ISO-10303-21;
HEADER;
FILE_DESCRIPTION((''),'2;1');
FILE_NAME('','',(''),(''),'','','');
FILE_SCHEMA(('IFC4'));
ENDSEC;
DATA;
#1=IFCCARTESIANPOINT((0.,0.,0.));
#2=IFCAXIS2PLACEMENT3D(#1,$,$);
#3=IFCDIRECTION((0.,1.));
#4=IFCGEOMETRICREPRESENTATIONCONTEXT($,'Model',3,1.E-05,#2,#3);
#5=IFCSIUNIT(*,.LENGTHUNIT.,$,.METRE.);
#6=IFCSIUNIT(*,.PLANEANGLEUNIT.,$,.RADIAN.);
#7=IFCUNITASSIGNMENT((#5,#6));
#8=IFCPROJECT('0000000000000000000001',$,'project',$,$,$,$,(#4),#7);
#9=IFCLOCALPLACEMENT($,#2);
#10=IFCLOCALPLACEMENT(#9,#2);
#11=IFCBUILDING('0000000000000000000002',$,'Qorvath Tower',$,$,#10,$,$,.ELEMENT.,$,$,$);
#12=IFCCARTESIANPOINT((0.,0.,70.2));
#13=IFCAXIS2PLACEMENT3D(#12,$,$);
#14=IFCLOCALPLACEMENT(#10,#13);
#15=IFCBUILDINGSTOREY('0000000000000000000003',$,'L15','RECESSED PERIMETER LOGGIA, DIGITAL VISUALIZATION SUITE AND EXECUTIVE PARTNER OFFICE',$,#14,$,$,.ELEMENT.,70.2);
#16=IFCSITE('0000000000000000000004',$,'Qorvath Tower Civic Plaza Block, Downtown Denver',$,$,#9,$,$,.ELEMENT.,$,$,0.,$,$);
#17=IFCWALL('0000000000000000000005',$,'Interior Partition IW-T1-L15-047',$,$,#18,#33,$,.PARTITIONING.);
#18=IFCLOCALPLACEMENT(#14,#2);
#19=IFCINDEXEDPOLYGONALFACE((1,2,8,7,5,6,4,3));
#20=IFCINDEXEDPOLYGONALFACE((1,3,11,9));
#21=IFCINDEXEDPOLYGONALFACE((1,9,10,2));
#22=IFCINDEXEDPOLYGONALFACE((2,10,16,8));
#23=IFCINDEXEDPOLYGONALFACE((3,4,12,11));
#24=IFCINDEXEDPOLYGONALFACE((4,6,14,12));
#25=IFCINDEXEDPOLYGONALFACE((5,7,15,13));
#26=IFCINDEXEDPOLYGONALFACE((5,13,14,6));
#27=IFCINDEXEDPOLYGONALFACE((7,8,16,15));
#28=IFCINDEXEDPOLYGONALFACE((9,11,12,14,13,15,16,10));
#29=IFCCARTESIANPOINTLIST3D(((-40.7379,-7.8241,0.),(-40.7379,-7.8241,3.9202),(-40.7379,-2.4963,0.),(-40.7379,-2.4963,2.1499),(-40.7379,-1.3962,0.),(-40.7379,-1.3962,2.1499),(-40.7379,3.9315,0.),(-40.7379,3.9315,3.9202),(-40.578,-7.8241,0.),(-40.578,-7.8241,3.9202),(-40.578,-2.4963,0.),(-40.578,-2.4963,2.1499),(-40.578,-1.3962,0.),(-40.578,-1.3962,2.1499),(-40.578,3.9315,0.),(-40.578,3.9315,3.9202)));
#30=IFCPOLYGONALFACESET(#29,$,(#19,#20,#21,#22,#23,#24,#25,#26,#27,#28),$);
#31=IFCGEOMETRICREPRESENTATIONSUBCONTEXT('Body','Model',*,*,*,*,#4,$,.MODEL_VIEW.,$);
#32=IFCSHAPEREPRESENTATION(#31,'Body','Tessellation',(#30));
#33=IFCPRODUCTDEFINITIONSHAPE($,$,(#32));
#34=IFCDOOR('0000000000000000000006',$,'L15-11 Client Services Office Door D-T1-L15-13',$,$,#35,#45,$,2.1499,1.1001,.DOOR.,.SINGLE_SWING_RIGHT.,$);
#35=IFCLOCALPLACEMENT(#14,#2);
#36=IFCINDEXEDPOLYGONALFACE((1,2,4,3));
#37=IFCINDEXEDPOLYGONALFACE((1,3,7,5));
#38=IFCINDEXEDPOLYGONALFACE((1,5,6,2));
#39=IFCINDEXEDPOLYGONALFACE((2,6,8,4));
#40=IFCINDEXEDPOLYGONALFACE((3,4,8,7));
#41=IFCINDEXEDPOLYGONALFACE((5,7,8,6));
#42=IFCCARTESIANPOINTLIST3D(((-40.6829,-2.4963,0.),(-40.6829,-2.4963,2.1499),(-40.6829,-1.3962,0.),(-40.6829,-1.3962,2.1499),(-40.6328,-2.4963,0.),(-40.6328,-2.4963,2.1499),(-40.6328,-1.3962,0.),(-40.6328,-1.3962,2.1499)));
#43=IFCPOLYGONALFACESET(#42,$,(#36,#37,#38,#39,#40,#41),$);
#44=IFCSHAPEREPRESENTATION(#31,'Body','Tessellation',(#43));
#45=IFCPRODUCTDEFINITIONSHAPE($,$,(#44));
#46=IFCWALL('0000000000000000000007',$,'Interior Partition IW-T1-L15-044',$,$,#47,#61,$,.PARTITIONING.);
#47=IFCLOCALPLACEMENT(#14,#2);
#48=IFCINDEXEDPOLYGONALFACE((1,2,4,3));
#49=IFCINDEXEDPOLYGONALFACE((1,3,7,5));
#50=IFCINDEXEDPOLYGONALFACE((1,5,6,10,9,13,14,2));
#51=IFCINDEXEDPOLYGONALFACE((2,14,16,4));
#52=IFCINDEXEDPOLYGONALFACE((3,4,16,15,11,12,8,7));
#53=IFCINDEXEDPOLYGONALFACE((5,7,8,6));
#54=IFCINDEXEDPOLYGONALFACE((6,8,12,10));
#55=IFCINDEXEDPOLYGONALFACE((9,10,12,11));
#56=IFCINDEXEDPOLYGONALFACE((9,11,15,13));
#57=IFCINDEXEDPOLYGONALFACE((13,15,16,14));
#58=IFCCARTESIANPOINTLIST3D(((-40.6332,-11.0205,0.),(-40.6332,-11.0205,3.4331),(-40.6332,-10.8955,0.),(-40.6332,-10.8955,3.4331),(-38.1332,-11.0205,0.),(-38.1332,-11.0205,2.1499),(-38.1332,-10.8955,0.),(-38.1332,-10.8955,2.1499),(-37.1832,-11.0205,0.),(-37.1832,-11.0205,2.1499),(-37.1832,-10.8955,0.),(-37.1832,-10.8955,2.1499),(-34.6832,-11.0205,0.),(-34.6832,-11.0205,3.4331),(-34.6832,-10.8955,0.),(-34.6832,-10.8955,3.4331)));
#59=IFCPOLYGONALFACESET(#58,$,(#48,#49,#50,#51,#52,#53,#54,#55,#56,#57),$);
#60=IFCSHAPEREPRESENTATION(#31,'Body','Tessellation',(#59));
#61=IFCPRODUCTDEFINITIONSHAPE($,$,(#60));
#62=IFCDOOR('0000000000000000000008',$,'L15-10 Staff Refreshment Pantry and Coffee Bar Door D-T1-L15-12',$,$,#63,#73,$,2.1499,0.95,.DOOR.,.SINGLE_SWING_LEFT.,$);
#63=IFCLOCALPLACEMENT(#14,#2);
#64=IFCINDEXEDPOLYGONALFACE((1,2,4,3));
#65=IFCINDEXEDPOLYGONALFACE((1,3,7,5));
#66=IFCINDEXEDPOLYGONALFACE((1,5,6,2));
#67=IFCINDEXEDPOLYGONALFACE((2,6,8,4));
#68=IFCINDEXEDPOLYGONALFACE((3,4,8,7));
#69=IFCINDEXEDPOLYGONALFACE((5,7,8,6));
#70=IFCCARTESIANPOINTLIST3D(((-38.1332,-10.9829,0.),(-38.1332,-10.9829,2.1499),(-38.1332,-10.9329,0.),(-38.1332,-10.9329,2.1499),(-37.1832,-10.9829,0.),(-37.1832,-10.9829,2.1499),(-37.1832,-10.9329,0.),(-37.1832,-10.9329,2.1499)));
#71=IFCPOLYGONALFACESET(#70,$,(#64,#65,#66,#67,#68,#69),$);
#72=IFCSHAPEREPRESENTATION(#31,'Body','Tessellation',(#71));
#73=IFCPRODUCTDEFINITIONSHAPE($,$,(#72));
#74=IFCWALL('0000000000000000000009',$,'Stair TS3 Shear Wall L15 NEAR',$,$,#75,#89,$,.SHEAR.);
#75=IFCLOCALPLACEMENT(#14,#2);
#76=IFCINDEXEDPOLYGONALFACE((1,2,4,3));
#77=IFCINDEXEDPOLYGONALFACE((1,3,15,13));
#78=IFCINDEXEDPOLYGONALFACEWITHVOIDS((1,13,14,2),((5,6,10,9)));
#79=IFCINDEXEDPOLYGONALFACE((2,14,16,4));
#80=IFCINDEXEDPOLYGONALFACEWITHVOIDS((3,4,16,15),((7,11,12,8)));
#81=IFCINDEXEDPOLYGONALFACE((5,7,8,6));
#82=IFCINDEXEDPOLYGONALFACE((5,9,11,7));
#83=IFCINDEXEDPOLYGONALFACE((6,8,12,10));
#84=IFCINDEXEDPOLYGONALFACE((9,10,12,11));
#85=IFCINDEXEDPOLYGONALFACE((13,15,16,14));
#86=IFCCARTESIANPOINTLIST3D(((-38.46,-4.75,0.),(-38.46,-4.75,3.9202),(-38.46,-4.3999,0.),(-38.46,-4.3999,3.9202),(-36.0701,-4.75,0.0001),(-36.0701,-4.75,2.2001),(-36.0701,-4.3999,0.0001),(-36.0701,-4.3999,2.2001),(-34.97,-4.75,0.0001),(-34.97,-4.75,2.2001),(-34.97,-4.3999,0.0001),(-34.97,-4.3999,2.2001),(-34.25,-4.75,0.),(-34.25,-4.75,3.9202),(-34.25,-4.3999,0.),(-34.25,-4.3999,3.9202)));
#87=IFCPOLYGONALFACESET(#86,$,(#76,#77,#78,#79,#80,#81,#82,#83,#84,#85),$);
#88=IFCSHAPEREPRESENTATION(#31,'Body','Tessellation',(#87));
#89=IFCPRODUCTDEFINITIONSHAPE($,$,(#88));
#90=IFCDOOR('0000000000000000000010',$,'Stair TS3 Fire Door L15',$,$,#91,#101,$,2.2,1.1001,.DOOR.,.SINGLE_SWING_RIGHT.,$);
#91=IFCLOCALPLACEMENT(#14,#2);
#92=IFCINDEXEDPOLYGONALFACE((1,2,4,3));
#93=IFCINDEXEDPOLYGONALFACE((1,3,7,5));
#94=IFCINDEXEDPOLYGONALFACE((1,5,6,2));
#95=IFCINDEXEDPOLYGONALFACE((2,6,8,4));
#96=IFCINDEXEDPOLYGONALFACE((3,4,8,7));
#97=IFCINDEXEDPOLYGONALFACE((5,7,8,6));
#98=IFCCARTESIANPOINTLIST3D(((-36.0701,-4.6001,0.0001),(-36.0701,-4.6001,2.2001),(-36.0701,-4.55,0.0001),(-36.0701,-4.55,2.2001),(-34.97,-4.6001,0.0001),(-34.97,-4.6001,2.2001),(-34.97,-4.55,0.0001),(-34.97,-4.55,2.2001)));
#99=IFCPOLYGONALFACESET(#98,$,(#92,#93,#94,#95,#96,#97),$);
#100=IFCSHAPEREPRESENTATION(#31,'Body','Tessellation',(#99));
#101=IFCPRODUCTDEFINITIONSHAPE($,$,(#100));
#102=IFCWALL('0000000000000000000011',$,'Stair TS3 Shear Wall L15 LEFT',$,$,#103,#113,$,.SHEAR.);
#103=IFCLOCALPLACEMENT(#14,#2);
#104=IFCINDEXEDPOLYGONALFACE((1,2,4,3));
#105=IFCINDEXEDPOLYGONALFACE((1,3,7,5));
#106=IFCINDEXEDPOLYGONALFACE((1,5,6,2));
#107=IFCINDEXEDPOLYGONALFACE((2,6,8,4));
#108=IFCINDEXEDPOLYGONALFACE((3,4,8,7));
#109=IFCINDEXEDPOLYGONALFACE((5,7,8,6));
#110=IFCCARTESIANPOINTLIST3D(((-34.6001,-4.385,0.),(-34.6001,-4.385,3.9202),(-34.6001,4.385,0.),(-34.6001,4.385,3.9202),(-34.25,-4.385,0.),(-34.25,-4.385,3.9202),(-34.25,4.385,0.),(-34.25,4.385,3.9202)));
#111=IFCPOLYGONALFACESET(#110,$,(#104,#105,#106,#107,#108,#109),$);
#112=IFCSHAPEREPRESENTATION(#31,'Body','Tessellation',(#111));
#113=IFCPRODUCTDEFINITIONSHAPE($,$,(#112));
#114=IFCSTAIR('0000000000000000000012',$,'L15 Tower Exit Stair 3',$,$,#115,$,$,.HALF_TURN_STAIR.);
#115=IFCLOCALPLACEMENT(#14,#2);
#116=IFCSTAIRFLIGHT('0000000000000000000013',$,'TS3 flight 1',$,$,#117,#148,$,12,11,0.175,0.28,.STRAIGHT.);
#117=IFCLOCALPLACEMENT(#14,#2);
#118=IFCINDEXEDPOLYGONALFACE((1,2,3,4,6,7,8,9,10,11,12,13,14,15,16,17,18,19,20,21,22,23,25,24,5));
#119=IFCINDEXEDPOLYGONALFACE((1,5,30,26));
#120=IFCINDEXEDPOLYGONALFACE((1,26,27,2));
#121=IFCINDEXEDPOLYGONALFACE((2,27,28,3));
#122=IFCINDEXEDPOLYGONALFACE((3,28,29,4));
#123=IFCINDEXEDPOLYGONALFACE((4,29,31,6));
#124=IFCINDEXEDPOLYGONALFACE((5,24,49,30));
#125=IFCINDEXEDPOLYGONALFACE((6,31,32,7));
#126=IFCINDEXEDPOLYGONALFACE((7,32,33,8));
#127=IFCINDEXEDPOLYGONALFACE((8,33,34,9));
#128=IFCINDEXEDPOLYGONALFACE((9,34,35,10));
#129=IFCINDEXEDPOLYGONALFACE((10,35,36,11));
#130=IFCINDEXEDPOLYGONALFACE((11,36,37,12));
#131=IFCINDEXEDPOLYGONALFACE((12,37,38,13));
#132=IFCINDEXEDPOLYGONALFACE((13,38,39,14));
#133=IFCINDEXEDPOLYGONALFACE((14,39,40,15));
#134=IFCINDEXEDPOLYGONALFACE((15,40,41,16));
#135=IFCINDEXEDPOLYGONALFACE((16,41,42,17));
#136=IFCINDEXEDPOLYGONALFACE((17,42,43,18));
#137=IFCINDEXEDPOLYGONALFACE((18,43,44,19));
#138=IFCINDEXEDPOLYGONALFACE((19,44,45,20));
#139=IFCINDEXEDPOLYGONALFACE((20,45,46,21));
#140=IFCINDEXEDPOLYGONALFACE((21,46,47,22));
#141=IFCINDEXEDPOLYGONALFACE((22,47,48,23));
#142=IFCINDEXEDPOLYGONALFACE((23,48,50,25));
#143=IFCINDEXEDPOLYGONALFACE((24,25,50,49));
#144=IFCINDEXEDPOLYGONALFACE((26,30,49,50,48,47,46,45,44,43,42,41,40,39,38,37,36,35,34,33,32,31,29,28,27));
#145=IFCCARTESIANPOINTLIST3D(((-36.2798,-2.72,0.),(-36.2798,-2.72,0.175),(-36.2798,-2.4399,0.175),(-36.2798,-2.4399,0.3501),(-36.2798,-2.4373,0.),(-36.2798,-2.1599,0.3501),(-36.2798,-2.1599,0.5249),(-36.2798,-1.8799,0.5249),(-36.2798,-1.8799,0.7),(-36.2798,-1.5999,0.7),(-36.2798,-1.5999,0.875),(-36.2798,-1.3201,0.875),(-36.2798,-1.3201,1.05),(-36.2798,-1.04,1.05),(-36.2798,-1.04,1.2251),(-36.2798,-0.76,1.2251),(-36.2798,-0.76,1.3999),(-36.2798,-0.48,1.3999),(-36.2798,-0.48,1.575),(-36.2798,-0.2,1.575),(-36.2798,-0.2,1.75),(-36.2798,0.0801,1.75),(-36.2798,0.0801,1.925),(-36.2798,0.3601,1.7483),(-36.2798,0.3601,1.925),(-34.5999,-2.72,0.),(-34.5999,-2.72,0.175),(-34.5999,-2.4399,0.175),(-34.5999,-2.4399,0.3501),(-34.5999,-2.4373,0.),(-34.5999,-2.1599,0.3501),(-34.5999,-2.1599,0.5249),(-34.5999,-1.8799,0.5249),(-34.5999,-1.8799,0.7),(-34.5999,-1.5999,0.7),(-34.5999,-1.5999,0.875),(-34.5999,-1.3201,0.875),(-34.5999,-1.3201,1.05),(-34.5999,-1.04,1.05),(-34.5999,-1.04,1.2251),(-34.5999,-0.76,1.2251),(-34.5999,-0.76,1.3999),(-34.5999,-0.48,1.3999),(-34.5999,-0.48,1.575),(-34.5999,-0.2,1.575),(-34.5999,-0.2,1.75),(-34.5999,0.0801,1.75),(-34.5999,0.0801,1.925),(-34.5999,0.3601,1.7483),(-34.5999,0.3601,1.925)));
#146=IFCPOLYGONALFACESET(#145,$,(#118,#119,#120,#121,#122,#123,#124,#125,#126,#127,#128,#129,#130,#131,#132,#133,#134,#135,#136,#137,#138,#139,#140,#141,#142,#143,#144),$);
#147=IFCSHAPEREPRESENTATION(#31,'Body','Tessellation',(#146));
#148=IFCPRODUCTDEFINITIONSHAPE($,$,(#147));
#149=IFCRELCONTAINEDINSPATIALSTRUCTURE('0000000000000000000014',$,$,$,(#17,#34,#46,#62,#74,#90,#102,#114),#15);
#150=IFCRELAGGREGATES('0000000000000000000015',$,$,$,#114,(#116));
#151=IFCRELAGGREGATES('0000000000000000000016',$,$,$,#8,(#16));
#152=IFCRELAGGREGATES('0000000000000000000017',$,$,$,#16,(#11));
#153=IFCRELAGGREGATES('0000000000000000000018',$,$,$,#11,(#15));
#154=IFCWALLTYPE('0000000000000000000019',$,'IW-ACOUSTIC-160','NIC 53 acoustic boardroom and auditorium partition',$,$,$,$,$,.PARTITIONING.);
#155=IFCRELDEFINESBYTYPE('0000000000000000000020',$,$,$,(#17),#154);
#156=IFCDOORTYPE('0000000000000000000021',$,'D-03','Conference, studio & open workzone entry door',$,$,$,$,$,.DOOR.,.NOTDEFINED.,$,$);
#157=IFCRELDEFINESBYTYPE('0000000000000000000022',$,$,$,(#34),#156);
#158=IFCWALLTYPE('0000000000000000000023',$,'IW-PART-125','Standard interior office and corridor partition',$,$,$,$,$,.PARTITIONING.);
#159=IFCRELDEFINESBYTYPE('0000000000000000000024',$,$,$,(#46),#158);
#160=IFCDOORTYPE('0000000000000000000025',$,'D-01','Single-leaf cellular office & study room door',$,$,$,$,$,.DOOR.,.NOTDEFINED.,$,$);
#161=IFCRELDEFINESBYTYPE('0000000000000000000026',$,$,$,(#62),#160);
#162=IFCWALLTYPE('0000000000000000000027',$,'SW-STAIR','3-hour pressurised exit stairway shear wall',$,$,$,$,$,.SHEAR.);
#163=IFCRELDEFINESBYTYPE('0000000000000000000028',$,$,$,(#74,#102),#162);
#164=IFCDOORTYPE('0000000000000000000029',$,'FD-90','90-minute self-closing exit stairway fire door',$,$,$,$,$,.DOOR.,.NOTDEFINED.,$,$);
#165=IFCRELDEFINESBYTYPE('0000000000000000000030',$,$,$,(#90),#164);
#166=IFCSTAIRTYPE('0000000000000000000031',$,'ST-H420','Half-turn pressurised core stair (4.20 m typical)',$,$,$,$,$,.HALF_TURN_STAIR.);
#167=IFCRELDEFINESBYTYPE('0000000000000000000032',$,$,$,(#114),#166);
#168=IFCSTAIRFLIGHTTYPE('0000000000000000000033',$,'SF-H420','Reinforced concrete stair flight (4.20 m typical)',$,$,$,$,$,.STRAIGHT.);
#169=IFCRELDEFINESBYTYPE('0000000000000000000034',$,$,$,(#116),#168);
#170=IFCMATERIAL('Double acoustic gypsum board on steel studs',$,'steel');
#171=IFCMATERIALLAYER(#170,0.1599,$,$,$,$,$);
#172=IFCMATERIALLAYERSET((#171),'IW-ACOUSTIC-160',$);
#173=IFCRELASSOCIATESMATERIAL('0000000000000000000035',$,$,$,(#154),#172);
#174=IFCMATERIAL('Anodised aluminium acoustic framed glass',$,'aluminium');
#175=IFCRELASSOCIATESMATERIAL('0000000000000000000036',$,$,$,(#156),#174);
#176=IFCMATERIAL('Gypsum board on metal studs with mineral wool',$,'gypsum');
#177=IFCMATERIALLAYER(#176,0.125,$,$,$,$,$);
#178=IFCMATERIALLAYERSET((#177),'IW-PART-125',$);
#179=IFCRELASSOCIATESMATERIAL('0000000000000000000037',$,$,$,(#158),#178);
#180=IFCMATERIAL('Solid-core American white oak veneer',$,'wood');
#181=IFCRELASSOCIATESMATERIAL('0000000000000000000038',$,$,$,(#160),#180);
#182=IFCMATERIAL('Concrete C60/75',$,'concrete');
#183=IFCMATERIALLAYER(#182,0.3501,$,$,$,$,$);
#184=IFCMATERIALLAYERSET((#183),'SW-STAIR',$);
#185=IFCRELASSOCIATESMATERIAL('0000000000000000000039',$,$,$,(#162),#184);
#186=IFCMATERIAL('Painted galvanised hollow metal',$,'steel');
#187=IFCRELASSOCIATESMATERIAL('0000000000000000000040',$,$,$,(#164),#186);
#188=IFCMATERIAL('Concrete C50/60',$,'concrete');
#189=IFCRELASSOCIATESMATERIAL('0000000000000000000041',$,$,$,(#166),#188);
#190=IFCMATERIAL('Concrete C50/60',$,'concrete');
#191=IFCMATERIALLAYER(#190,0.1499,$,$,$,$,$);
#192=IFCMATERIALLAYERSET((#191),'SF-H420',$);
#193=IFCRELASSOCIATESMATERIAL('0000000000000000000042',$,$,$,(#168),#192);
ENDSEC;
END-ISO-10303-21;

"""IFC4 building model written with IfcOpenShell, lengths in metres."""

from ifc_helpers import new_model, si_unit, direction, frame, frame_2d, origin, place, context, subcontext, project, spatial, polyline, rectangle, outline, extrude, material, layer, layer_set, type_object, element, fill, aggregate, save


model = new_model("IFC4")

# Units and contexts
model_context = context("Model", 3, precision=1e-05, world=origin(), true_north=direction((0.0, 1.0)))
body_context = subcontext(model_context, "Body", "Model", "MODEL_VIEW")
ifc_project = project(units=[si_unit("LENGTHUNIT", "METRE"), si_unit("PLANEANGLEUNIT", "RADIAN")], contexts=[model_context])

# Site, building, storey
site_placement = place(None, origin())
site = spatial("IfcSite", under=ifc_project, at=site_placement, Name="Qorvath Tower Civic Plaza Block, Downtown Denver", CompositionType="ELEMENT", RefElevation=0.0)
building_placement = place(site_placement, origin())
building = spatial("IfcBuilding", under=site, at=building_placement, Name="Qorvath Tower", CompositionType="ELEMENT")
storey_placement = place(building_placement, frame((0.0, 0.0, 70.2)))
storey = spatial("IfcBuildingStorey", under=building, at=storey_placement, Name="L15", Description="RECESSED PERIMETER LOGGIA, DIGITAL VISUALIZATION SUITE AND EXECUTIVE PARTNER OFFICE", CompositionType="ELEMENT", Elevation=70.2)

# Shared definitions
ifc_material_1 = material(Name="Double acoustic gypsum board on steel studs", Category="steel")
ifc_layer_1 = layer(ifc_material_1, 0.1599)
ifc_layer_set_1 = layer_set([ifc_layer_1], Name="IW-ACOUSTIC-160")
wall_type_1 = type_object("IfcWallType", Name="IW-ACOUSTIC-160", Description="NIC 53 acoustic boardroom and auditorium partition", PredefinedType="PARTITIONING", material=ifc_layer_set_1)

# Walls, openings, doors
wall_1_placement = place(storey_placement, frame((-40.658, -7.8242, 0.0), z_axis=(0.0, 0.0, 1.0), x_axis=(0.0, 1.0, 0.0)))
wall_1 = element("IfcWall", 1, at=wall_1_placement, inside=storey, type_object=wall_type_1, Name="Interior Partition IW-T1-L15-047", PredefinedType="PARTITIONING", context=body_context, shape_type="SweptSolid", body=[
    extrude(rectangle(XDim=11.7556, YDim=0.1599, at=frame_2d((5.8779, 0.0))), origin(), (0.0, 0.0, 1.0), 3.9202),
])
opening_1_placement = place(wall_1_placement, frame((5.3279, 0.0, 0.0)))
opening_1 = element("IfcOpeningElement", 2, at=opening_1_placement, cuts=wall_1, PredefinedType="OPENING", context=body_context, shape_type="SweptSolid", body=[
    extrude(rectangle(XDim=1.1001, YDim=2.1499, at=frame_2d((0.55, 1.075))), frame((0.0, 0.0898, 0.0), z_axis=(0.0, -1.0, 0.0), x_axis=(1.0, 0.0, 0.0)), (0.0, 0.0, 1.0), 0.1799),
])
ifc_material_2 = material(Name="Anodised aluminium acoustic framed glass", Category="aluminium")
door_type_1 = type_object("IfcDoorType", Name="D-03", Description="Conference, studio & open workzone entry door", OperationType="NOTDEFINED", PredefinedType="DOOR", material=ifc_material_2)
door_1_placement = place(opening_1_placement, origin())
door_1 = element("IfcDoor", 3, at=door_1_placement, inside=storey, type_object=door_type_1, Name="L15-11 Client Services Office Door D-T1-L15-13", OperationType="SINGLE_SWING_RIGHT", OverallHeight=2.1499, OverallWidth=1.1001, PredefinedType="DOOR", context=body_context, shape_type="SweptSolid", body=[
    extrude(rectangle(XDim=1.1001, YDim=2.1499, at=frame_2d((0.55, 1.075))), frame((0.0, 0.0249, 0.0), z_axis=(0.0, -1.0, 0.0), x_axis=(1.0, 0.0, 0.0)), (0.0, 0.0, 1.0), 0.05),
])
fill(opening_1, door_1)
ifc_material_3 = material(Name="Gypsum board on metal studs with mineral wool", Category="gypsum")
ifc_layer_2 = layer(ifc_material_3, 0.125)
ifc_layer_set_2 = layer_set([ifc_layer_2], Name="IW-PART-125")
wall_type_2 = type_object("IfcWallType", Name="IW-PART-125", Description="Standard interior office and corridor partition", PredefinedType="PARTITIONING", material=ifc_layer_set_2)
wall_2_placement = place(storey_placement, frame((-34.6831, -10.958, 0.0), z_axis=(0.0, 0.0, 1.0), x_axis=(-1.0, 0.0, 0.0)))
wall_2 = element("IfcWall", 4, at=wall_2_placement, inside=storey, type_object=wall_type_2, Name="Interior Partition IW-T1-L15-044", PredefinedType="PARTITIONING", context=body_context, shape_type="SweptSolid", body=[
    extrude(rectangle(XDim=5.95, YDim=0.125, at=frame_2d((2.9751, 0.0))), origin(), (0.0, 0.0, 1.0), 3.4331),
])
opening_2_placement = place(wall_2_placement, frame((2.5, 0.0, 0.0)))
opening_2 = element("IfcOpeningElement", 5, at=opening_2_placement, cuts=wall_2, PredefinedType="OPENING", context=body_context, shape_type="SweptSolid", body=[
    extrude(rectangle(XDim=0.95, YDim=2.1499, at=frame_2d((0.4751, 1.075))), frame((0.0, 0.0725, 0.0), z_axis=(0.0, -1.0, 0.0), x_axis=(1.0, 0.0, 0.0)), (0.0, 0.0, 1.0), 0.145),
])
ifc_material_4 = material(Name="Solid-core American white oak veneer", Category="wood")
door_type_2 = type_object("IfcDoorType", Name="D-01", Description="Single-leaf cellular office & study room door", OperationType="NOTDEFINED", PredefinedType="DOOR", material=ifc_material_4)
door_2_placement = place(opening_2_placement, origin())
door_2 = element("IfcDoor", 6, at=door_2_placement, inside=storey, type_object=door_type_2, Name="L15-10 Staff Refreshment Pantry and Coffee Bar Door D-T1-L15-12", OperationType="SINGLE_SWING_LEFT", OverallHeight=2.1499, OverallWidth=0.95, PredefinedType="DOOR", context=body_context, shape_type="SweptSolid", body=[
    extrude(rectangle(XDim=0.95, YDim=2.1499, at=frame_2d((0.4751, 1.075))), frame((0.0, 0.0249, 0.0), z_axis=(0.0, -1.0, 0.0), x_axis=(1.0, 0.0, 0.0)), (0.0, 0.0, 1.0), 0.05),
])
fill(opening_2, door_2)
ifc_material_5 = material(Name="Concrete C60/75", Category="concrete")
ifc_layer_3 = layer(ifc_material_5, 0.3501)
ifc_layer_set_3 = layer_set([ifc_layer_3], Name="SW-STAIR")
wall_type_3 = type_object("IfcWallType", Name="SW-STAIR", Description="3-hour pressurised exit stairway shear wall", PredefinedType="SHEAR", material=ifc_layer_set_3)
wall_3_placement = place(storey_placement, frame((-38.46, -4.575, 0.0), z_axis=(0.0, 0.0, 1.0), x_axis=(1.0, 0.0, 0.0)))
wall_3 = element("IfcWall", 7, at=wall_3_placement, inside=storey, type_object=wall_type_3, Name="Stair TS3 Shear Wall L15 NEAR", PredefinedType="SHEAR", context=body_context, shape_type="SweptSolid", body=[
    extrude(rectangle(XDim=4.21, YDim=0.3501, at=frame_2d((2.105, 0.0))), origin(), (0.0, 0.0, 1.0), 3.9202),
])
opening_3_placement = place(wall_3_placement, frame((2.3899, 0.0, 0.0)))
opening_3 = element("IfcOpeningElement", 8, at=opening_3_placement, cuts=wall_3, PredefinedType="OPENING", context=body_context, shape_type="SweptSolid", body=[
    extrude(rectangle(XDim=1.1001, YDim=2.2, at=frame_2d((0.55, 1.1001))), frame((0.0, 0.1851, 0.0), z_axis=(0.0, -1.0, 0.0), x_axis=(1.0, 0.0, 0.0)), (0.0, 0.0, 1.0), 0.3701),
])
ifc_material_6 = material(Name="Painted galvanised hollow metal", Category="steel")
door_type_3 = type_object("IfcDoorType", Name="FD-90", Description="90-minute self-closing exit stairway fire door", OperationType="NOTDEFINED", PredefinedType="DOOR", material=ifc_material_6)
door_3_placement = place(opening_3_placement, origin())
door_3 = element("IfcDoor", 9, at=door_3_placement, inside=storey, type_object=door_type_3, Name="Stair TS3 Fire Door L15", OperationType="SINGLE_SWING_RIGHT", OverallHeight=2.2, OverallWidth=1.1001, PredefinedType="DOOR", context=body_context, shape_type="SweptSolid", body=[
    extrude(rectangle(XDim=1.1001, YDim=2.2, at=frame_2d((0.55, 1.1001))), frame((0.0, 0.0249, 0.0), z_axis=(0.0, -1.0, 0.0), x_axis=(1.0, 0.0, 0.0)), (0.0, 0.0, 1.0), 0.05),
])
fill(opening_3, door_3)

# Wall
wall_4_placement = place(storey_placement, frame((-34.425, -4.385, 0.0), z_axis=(0.0, 0.0, 1.0), x_axis=(0.0, 1.0, 0.0)))
element("IfcWall", 10, at=wall_4_placement, inside=storey, type_object=wall_type_3, Name="Stair TS3 Shear Wall L15 LEFT", PredefinedType="SHEAR", context=body_context, shape_type="SweptSolid", body=[
    extrude(rectangle(XDim=8.77, YDim=0.3501, at=frame_2d((4.385, 0.0))), origin(), (0.0, 0.0, 1.0), 3.9202),
])

# Stair, stair flight
ifc_material_7 = material(Name="Concrete C50/60", Category="concrete")
stair_type = type_object("IfcStairType", Name="ST-H420", Description="Half-turn pressurised core stair (4.20 m typical)", PredefinedType="HALF_TURN_STAIR", material=ifc_material_7)
stair_placement = place(storey_placement, origin())
stair = element("IfcStair", 11, at=stair_placement, inside=storey, type_object=stair_type, Name="L15 Tower Exit Stair 3", PredefinedType="HALF_TURN_STAIR")
ifc_material_8 = material(Name="Concrete C50/60", Category="concrete")
ifc_layer_4 = layer(ifc_material_8, 0.1499)
ifc_layer_set_4 = layer_set([ifc_layer_4], Name="SF-H420")
stair_flight_type = type_object("IfcStairFlightType", Name="SF-H420", Description="Reinforced concrete stair flight (4.20 m typical)", PredefinedType="STRAIGHT", material=ifc_layer_set_4)
stair_flight_1_placement = place(storey_placement, frame((-35.4399, -2.72, 0.0), z_axis=(0.0, 0.0, 1.0), x_axis=(0.0, 1.0, 0.0)))
stair_flight_1 = element("IfcStairFlight", 12, at=stair_flight_1_placement, type_object=stair_flight_type, Name="TS3 flight 1", NumberOfRisers=12, NumberOfTreads=11, PredefinedType="STRAIGHT", RiserHeight=0.175, TreadLength=0.28, context=body_context, shape_type="SweptSolid", body=[
    extrude(outline(polyline([(0.0, 0.0), (0.0, 0.175), (0.28, 0.175), (0.28, 0.3501), (0.5601, 0.3501), (0.5601, 0.5249), (0.8401, 0.5249), (0.8401, 0.7), (1.1201, 0.7), (1.1201, 0.875), (1.3999, 0.875), (1.3999, 1.05), (1.6799, 1.05), (1.6799, 1.2251), (1.96, 1.2251), (1.96, 1.3999), (2.24, 1.3999), (2.24, 1.575), (2.52, 1.575), (2.52, 1.75), (2.8, 1.75), (2.8, 1.925), (3.0801, 1.925), (3.0801, 2.1001), (3.0801, 1.7483), (0.2827, 0.0), (0.0, 0.0)])), frame((0.0, 0.8398, 0.0), z_axis=(0.0, -1.0, 0.0), x_axis=(1.0, 0.0, 0.0)), (0.0, 0.0, 1.0), 1.6799),
])
aggregate(stair, [stair_flight_1])

save(model, "model.ifc")
